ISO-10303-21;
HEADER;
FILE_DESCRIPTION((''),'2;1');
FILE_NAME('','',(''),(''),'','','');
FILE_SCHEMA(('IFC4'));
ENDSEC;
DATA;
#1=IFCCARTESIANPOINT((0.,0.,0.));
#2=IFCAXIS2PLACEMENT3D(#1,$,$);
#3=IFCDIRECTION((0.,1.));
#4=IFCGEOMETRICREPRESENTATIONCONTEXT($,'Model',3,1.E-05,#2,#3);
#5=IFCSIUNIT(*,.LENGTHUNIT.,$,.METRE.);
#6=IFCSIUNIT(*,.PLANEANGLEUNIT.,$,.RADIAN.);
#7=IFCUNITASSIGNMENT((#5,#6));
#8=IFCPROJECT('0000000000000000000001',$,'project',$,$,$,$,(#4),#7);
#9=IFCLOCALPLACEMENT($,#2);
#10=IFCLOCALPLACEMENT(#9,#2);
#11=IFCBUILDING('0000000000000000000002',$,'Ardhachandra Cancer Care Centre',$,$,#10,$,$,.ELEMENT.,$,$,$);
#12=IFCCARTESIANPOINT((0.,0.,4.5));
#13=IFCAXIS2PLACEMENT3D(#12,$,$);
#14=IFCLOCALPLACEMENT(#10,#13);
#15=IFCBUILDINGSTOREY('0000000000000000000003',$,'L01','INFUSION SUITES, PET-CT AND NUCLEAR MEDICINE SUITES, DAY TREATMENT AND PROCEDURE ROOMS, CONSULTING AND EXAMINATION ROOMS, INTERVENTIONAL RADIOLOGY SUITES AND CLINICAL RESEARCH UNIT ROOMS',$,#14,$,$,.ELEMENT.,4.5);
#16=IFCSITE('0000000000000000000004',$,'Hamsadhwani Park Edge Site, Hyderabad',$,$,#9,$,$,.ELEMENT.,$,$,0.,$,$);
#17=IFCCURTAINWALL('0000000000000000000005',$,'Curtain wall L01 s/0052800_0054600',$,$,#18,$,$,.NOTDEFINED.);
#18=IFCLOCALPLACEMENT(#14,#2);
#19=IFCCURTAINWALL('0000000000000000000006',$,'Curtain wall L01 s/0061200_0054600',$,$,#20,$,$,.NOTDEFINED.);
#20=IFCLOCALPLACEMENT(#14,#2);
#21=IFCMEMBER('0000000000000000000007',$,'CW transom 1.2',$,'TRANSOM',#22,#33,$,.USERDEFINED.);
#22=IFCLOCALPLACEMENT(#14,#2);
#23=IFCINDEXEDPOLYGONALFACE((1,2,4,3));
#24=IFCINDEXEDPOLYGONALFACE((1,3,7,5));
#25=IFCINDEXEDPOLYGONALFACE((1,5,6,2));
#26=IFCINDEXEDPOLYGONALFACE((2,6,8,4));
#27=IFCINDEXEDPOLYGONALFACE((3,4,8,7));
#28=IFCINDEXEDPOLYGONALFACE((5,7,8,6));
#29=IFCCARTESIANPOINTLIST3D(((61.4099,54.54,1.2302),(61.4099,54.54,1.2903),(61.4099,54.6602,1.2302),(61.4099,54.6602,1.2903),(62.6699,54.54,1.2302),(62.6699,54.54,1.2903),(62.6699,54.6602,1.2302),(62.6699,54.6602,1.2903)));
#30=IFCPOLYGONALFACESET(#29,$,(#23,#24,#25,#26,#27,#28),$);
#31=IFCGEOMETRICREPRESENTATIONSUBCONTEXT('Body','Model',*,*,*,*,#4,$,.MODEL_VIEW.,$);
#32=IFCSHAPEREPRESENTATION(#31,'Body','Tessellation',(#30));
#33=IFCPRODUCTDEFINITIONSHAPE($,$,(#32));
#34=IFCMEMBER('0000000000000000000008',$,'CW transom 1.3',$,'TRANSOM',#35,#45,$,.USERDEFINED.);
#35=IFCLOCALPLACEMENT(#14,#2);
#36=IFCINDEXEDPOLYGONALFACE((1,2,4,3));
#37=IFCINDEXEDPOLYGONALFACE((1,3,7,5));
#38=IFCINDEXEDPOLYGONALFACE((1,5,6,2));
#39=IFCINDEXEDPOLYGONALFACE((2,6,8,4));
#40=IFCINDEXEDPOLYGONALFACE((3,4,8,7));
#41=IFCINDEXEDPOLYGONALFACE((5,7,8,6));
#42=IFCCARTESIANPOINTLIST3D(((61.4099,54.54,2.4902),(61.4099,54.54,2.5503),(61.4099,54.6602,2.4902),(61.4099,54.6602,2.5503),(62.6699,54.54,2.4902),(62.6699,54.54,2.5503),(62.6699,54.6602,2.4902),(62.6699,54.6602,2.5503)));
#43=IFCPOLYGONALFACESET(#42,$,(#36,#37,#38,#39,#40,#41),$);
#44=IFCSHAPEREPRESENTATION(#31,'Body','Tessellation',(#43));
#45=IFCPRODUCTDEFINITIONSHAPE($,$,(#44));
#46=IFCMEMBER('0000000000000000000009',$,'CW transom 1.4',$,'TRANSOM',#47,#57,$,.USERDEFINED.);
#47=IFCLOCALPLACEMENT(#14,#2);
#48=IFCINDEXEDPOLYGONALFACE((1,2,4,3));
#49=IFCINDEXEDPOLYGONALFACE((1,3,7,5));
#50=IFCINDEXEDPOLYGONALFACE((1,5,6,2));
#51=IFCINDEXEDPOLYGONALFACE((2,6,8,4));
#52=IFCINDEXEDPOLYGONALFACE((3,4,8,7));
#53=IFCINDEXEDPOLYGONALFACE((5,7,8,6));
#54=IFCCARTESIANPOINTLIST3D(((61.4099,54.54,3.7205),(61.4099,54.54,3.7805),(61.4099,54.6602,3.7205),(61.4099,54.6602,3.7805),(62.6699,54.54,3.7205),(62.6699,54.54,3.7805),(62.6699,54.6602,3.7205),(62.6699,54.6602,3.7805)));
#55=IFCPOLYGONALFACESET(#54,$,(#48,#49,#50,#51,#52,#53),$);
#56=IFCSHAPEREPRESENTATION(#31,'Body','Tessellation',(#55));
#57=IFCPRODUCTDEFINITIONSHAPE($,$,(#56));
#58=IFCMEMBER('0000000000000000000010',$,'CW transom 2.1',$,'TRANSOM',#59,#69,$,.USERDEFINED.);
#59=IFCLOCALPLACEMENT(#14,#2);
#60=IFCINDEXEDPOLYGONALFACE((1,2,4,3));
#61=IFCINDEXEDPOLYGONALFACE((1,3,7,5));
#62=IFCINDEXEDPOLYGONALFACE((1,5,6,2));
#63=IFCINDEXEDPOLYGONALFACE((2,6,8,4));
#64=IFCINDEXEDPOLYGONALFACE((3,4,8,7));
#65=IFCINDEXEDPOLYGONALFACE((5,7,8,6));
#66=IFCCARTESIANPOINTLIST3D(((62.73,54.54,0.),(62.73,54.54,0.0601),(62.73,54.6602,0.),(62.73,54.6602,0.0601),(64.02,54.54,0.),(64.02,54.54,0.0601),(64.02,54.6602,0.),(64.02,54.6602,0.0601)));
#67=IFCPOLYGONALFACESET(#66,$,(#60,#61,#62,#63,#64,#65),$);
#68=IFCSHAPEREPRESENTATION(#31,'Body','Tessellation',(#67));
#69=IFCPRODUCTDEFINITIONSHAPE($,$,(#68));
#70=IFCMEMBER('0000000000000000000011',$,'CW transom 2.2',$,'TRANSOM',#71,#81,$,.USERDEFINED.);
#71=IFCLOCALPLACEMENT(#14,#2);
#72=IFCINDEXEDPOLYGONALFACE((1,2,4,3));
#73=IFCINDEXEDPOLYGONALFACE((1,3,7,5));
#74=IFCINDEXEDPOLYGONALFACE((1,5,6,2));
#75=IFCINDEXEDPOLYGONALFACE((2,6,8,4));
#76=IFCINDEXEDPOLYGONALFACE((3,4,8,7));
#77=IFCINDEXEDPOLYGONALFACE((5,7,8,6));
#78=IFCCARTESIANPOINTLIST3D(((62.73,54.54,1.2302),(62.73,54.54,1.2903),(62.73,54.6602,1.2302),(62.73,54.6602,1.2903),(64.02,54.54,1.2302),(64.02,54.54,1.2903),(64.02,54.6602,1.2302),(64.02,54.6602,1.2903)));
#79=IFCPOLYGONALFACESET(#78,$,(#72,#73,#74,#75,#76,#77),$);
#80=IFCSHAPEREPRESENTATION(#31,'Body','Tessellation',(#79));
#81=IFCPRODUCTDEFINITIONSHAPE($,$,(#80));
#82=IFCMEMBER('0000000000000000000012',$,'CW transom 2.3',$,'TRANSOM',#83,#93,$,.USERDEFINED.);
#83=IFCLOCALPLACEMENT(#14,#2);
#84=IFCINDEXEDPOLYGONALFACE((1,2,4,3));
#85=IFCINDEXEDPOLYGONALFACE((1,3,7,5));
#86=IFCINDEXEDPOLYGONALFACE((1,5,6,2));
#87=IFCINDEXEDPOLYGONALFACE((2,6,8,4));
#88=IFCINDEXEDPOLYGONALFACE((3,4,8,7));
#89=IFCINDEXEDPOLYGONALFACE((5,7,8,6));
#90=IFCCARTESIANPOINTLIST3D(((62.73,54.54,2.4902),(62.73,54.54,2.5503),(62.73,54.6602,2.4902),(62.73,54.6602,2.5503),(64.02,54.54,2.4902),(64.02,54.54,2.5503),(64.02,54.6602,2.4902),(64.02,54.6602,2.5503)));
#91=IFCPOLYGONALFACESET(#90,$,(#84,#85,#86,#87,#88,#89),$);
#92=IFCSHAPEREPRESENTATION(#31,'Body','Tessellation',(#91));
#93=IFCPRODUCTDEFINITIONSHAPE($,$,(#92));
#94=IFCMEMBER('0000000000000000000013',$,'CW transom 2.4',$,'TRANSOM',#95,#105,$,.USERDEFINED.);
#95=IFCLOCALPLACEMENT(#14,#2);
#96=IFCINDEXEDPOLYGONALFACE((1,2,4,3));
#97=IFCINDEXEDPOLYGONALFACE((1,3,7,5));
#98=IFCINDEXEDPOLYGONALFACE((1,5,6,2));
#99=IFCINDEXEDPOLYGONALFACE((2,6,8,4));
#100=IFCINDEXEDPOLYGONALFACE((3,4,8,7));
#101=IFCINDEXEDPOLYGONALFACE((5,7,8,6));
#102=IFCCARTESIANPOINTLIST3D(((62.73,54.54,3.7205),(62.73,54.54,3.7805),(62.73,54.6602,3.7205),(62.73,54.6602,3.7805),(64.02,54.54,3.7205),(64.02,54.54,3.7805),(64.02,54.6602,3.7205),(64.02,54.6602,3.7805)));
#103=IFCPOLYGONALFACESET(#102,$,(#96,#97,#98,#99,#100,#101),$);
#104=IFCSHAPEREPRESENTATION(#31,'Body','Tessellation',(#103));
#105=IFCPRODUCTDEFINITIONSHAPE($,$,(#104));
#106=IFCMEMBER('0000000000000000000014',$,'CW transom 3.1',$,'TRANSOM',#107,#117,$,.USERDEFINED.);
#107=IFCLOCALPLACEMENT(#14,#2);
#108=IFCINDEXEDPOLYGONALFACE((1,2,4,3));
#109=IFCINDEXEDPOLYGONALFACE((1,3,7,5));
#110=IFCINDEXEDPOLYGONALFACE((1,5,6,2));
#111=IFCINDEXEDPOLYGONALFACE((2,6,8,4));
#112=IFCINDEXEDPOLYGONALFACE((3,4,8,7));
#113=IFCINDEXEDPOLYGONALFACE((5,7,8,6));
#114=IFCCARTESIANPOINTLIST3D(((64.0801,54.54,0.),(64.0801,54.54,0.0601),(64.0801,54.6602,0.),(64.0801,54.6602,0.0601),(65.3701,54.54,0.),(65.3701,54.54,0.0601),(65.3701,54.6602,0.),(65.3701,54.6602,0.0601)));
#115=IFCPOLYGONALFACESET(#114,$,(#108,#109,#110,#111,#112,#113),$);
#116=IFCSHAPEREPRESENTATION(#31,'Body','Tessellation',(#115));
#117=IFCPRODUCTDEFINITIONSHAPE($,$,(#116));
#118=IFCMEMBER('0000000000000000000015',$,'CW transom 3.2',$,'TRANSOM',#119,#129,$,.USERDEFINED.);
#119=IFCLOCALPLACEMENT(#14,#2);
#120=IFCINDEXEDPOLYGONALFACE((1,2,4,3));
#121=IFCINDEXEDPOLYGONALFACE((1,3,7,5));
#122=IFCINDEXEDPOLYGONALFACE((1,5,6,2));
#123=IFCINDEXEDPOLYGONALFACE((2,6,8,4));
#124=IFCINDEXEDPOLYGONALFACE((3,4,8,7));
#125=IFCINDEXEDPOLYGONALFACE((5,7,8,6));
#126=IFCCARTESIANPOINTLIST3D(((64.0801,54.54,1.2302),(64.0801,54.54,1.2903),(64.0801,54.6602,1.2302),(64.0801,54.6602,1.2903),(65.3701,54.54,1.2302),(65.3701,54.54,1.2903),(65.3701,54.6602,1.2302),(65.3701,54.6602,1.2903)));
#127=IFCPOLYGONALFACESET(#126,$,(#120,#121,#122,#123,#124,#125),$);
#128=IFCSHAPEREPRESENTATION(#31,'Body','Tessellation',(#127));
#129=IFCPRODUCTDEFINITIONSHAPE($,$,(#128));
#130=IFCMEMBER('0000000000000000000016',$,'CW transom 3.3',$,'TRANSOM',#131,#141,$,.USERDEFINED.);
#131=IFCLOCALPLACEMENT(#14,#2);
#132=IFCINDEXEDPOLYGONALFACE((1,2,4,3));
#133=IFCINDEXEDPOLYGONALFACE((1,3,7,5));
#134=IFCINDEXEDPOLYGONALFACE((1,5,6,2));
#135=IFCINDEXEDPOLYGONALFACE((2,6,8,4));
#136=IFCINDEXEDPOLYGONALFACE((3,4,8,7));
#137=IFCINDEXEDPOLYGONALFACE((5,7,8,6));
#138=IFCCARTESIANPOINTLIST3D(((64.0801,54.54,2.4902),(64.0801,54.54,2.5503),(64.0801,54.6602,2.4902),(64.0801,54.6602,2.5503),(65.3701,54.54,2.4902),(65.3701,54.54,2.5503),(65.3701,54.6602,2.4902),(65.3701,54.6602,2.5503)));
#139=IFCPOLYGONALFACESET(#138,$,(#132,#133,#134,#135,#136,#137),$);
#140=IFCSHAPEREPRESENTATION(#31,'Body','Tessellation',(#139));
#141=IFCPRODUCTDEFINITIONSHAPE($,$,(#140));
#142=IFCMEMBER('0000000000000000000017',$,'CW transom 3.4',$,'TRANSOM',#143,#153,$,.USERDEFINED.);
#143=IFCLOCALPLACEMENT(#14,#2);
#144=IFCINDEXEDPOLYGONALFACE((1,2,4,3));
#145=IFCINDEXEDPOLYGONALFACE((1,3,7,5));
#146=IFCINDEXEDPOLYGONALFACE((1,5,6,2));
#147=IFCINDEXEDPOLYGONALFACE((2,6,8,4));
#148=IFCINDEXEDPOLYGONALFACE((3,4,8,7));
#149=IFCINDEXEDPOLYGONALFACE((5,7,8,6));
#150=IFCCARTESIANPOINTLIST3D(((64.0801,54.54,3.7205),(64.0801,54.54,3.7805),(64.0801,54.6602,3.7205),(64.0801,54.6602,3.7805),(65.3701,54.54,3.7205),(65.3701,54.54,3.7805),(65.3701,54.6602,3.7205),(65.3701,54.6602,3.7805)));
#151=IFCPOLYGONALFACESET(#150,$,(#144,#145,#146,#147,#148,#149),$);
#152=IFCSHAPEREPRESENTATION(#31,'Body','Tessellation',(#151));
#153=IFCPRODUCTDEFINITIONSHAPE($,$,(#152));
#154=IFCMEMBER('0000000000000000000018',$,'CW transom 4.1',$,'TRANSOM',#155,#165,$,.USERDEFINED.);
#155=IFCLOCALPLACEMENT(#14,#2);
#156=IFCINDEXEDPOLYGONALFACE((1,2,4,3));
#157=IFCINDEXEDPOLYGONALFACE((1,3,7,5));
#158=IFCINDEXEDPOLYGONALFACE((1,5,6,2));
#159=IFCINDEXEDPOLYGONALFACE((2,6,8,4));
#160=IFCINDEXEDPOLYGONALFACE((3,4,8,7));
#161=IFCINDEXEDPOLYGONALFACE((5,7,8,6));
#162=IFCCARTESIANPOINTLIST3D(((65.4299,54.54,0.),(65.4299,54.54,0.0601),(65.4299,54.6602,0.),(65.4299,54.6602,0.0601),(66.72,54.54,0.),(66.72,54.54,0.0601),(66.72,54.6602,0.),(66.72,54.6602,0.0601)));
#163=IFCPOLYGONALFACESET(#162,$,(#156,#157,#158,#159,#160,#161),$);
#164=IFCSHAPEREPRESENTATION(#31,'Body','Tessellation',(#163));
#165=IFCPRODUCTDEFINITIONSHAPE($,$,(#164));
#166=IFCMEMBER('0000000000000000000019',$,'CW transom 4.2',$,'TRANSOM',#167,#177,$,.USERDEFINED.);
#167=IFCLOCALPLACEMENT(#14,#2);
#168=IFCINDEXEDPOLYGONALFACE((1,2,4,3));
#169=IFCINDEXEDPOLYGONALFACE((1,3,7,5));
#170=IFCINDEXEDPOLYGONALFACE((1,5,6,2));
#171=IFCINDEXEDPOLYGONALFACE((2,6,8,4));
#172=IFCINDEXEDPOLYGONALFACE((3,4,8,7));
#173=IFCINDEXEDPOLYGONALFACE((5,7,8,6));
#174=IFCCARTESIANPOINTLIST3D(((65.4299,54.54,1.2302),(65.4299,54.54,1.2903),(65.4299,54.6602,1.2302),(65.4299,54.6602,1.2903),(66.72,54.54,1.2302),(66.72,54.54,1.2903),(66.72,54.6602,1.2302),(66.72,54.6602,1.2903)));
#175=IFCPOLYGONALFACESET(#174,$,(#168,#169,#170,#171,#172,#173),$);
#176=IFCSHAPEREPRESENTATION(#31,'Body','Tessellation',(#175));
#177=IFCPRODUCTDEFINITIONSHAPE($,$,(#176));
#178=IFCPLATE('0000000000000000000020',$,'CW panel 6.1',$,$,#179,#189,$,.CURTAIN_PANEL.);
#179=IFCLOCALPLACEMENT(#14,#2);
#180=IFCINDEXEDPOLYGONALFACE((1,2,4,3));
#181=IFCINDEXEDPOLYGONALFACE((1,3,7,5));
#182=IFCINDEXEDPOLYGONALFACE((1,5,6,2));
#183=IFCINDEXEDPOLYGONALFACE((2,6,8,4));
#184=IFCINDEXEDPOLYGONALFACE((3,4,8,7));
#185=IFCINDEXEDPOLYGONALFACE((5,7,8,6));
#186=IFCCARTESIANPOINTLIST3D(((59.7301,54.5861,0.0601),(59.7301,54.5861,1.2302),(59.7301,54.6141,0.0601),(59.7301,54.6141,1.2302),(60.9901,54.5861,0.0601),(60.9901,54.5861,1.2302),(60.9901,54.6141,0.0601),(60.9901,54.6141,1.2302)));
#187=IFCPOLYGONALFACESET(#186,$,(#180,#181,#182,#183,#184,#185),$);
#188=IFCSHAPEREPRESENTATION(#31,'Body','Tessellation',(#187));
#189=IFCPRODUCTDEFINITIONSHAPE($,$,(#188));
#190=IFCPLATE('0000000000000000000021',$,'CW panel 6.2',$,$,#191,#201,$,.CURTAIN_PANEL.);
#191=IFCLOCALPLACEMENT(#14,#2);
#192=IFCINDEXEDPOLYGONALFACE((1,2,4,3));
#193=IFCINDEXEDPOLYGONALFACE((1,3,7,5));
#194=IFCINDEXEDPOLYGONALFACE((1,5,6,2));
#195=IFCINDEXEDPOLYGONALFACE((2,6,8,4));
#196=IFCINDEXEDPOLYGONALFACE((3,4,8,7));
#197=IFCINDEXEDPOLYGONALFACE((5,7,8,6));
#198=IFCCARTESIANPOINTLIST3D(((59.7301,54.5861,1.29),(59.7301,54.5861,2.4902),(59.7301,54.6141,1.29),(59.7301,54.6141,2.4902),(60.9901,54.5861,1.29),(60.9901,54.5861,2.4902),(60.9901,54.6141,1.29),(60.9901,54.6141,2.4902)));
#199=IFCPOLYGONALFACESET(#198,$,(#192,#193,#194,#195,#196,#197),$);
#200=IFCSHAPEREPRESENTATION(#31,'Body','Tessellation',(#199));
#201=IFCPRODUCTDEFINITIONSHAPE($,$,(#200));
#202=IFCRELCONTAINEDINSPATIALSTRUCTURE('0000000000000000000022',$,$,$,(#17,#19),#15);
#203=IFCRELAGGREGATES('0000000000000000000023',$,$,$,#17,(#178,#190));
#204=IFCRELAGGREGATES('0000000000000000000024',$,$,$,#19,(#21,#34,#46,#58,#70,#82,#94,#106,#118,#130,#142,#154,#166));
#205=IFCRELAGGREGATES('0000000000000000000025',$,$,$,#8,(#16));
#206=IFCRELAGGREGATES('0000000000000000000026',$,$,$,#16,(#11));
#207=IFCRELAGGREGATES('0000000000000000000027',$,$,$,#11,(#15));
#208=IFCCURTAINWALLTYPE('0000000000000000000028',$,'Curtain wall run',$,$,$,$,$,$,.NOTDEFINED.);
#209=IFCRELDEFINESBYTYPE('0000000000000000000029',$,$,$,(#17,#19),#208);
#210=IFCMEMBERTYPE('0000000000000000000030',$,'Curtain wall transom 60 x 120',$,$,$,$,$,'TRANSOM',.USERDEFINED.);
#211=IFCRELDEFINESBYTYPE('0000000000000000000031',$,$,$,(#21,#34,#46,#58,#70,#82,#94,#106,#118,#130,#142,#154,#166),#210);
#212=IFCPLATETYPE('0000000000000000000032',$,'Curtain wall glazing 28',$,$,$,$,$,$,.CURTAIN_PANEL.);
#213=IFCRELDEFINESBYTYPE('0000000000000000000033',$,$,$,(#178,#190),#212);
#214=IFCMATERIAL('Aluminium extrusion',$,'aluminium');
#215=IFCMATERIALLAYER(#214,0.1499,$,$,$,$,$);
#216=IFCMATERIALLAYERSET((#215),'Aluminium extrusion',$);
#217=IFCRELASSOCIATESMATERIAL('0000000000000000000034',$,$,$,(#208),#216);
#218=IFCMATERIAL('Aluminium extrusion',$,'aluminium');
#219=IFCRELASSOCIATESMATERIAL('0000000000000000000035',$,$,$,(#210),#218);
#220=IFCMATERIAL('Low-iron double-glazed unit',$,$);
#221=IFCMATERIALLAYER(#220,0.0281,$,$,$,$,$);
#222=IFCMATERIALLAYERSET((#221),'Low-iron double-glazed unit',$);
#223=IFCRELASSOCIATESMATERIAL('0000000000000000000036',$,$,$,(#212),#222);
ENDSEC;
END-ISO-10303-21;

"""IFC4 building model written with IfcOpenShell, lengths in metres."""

from ifc_helpers import new_model, si_unit, direction, frame, origin, origin_2d, place, context, subcontext, project, spatial, rectangle, extrude, material, layer, layer_set, material_profile, profile_set, type_object, element, aggregate, save


model = new_model("IFC4")

# Units and contexts
model_context = context("Model", 3, precision=1e-05, world=origin(), true_north=direction((0.0, 1.0)))
body_context = subcontext(model_context, "Body", "Model", "MODEL_VIEW")
ifc_project = project(units=[si_unit("LENGTHUNIT", "METRE"), si_unit("PLANEANGLEUNIT", "RADIAN")], contexts=[model_context])

# Site, building, storey
site_placement = place(None, origin())
site = spatial("IfcSite", under=ifc_project, at=site_placement, Name="Hamsadhwani Park Edge Site, Hyderabad", CompositionType="ELEMENT", RefElevation=0.0)
building_placement = place(site_placement, origin())
building = spatial("IfcBuilding", under=site, at=building_placement, Name="Ardhachandra Cancer Care Centre", CompositionType="ELEMENT")
storey_placement = place(building_placement, frame((0.0, 0.0, 4.5)))
storey = spatial("IfcBuildingStorey", under=building, at=storey_placement, Name="L01", Description="INFUSION SUITES, PET-CT AND NUCLEAR MEDICINE SUITES, DAY TREATMENT AND PROCEDURE ROOMS, CONSULTING AND EXAMINATION ROOMS, INTERVENTIONAL RADIOLOGY SUITES AND CLINICAL RESEARCH UNIT ROOMS", CompositionType="ELEMENT", Elevation=4.5)

# Curtain walls
ifc_material_1 = material(Name="Aluminium extrusion", Category="aluminium")
ifc_layer_1 = layer(ifc_material_1, 0.1499)
ifc_layer_set_1 = layer_set([ifc_layer_1], Name="Aluminium extrusion")
curtain_wall_type = type_object("IfcCurtainWallType", Name="Curtain wall run", PredefinedType="NOTDEFINED", material=ifc_layer_set_1)
curtain_wall_1_placement = place(storey_placement, origin())
curtain_wall_1 = element("IfcCurtainWall", 1, at=curtain_wall_1_placement, inside=storey, type_object=curtain_wall_type, Name="Curtain wall L01 s/0052800_0054600", PredefinedType="NOTDEFINED")
curtain_wall_2_placement = place(storey_placement, origin())
curtain_wall_2 = element("IfcCurtainWall", 2, at=curtain_wall_2_placement, inside=storey, type_object=curtain_wall_type, Name="Curtain wall L01 s/0061200_0054600", PredefinedType="NOTDEFINED")

# Members
ifc_material_2 = material(Name="Aluminium extrusion", Category="aluminium")
ifc_material_profile_1 = material_profile(ifc_material_2, rectangle(XDim=0.1201, YDim=0.0601, at=origin_2d()), Name="Curtain wall transom 60 x 120")
ifc_profile_set_1 = profile_set([ifc_material_profile_1], Name="Aluminium extrusion")
member_type_1 = type_object("IfcMemberType", Name="Curtain wall transom 60 x 120", ElementType="TRANSOM", PredefinedType="USERDEFINED", material=ifc_profile_set_1)
member_1_placement = place(storey_placement, frame((61.4099, 54.6001, 1.2603), z_axis=(1.0, 0.0, 0.0), x_axis=(0.0, 1.0, 0.0)))
member_1 = element("IfcMember", 3, at=member_1_placement, type_object=member_type_1, Name="CW transom 1.2", ObjectType="TRANSOM", PredefinedType="USERDEFINED", context=body_context, shape_type="SweptSolid", body=[
    extrude(rectangle(XDim=0.1201, YDim=0.0601, at=origin_2d()), origin(), (0.0, 0.0, 1.0), 1.26),
])
member_2_placement = place(storey_placement, frame((61.4099, 54.6001, 2.5203), z_axis=(1.0, 0.0, 0.0), x_axis=(0.0, 1.0, 0.0)))
member_2 = element("IfcMember", 4, at=member_2_placement, type_object=member_type_1, Name="CW transom 1.3", ObjectType="TRANSOM", PredefinedType="USERDEFINED", context=body_context, shape_type="SweptSolid", body=[
    extrude(rectangle(XDim=0.1201, YDim=0.0601, at=origin_2d()), origin(), (0.0, 0.0, 1.0), 1.26),
])
member_3_placement = place(storey_placement, frame((61.4099, 54.6001, 3.7505), z_axis=(1.0, 0.0, 0.0), x_axis=(0.0, 1.0, 0.0)))
member_3 = element("IfcMember", 5, at=member_3_placement, type_object=member_type_1, Name="CW transom 1.4", ObjectType="TRANSOM", PredefinedType="USERDEFINED", context=body_context, shape_type="SweptSolid", body=[
    extrude(rectangle(XDim=0.1201, YDim=0.0601, at=origin_2d()), origin(), (0.0, 0.0, 1.0), 1.26),
])
member_4_placement = place(storey_placement, frame((62.73, 54.6001, 0.03), z_axis=(1.0, 0.0, 0.0), x_axis=(0.0, 1.0, 0.0)))
member_4 = element("IfcMember", 6, at=member_4_placement, type_object=member_type_1, Name="CW transom 2.1", ObjectType="TRANSOM", PredefinedType="USERDEFINED", context=body_context, shape_type="SweptSolid", body=[
    extrude(rectangle(XDim=0.1201, YDim=0.0601, at=origin_2d()), origin(), (0.0, 0.0, 1.0), 1.29),
])
member_5_placement = place(storey_placement, frame((62.73, 54.6001, 1.2603), z_axis=(1.0, 0.0, 0.0), x_axis=(0.0, 1.0, 0.0)))
member_5 = element("IfcMember", 7, at=member_5_placement, type_object=member_type_1, Name="CW transom 2.2", ObjectType="TRANSOM", PredefinedType="USERDEFINED", context=body_context, shape_type="SweptSolid", body=[
    extrude(rectangle(XDim=0.1201, YDim=0.0601, at=origin_2d()), origin(), (0.0, 0.0, 1.0), 1.29),
])
member_6_placement = place(storey_placement, frame((62.73, 54.6001, 2.5203), z_axis=(1.0, 0.0, 0.0), x_axis=(0.0, 1.0, 0.0)))
member_6 = element("IfcMember", 8, at=member_6_placement, type_object=member_type_1, Name="CW transom 2.3", ObjectType="TRANSOM", PredefinedType="USERDEFINED", context=body_context, shape_type="SweptSolid", body=[
    extrude(rectangle(XDim=0.1201, YDim=0.0601, at=origin_2d()), origin(), (0.0, 0.0, 1.0), 1.29),
])
member_7_placement = place(storey_placement, frame((62.73, 54.6001, 3.7505), z_axis=(1.0, 0.0, 0.0), x_axis=(0.0, 1.0, 0.0)))
member_7 = element("IfcMember", 9, at=member_7_placement, type_object=member_type_1, Name="CW transom 2.4", ObjectType="TRANSOM", PredefinedType="USERDEFINED", context=body_context, shape_type="SweptSolid", body=[
    extrude(rectangle(XDim=0.1201, YDim=0.0601, at=origin_2d()), origin(), (0.0, 0.0, 1.0), 1.29),
])
member_8_placement = place(storey_placement, frame((64.0801, 54.6001, 0.03), z_axis=(1.0, 0.0, 0.0), x_axis=(0.0, 1.0, 0.0)))
member_8 = element("IfcMember", 10, at=member_8_placement, type_object=member_type_1, Name="CW transom 3.1", ObjectType="TRANSOM", PredefinedType="USERDEFINED", context=body_context, shape_type="SweptSolid", body=[
    extrude(rectangle(XDim=0.1201, YDim=0.0601, at=origin_2d()), origin(), (0.0, 0.0, 1.0), 1.29),
])
member_9_placement = place(storey_placement, frame((64.0801, 54.6001, 1.2603), z_axis=(1.0, 0.0, 0.0), x_axis=(0.0, 1.0, 0.0)))
member_9 = element("IfcMember", 11, at=member_9_placement, type_object=member_type_1, Name="CW transom 3.2", ObjectType="TRANSOM", PredefinedType="USERDEFINED", context=body_context, shape_type="SweptSolid", body=[
    extrude(rectangle(XDim=0.1201, YDim=0.0601, at=origin_2d()), origin(), (0.0, 0.0, 1.0), 1.29),
])
member_10_placement = place(storey_placement, frame((64.0801, 54.6001, 2.5203), z_axis=(1.0, 0.0, 0.0), x_axis=(0.0, 1.0, 0.0)))
member_10 = element("IfcMember", 12, at=member_10_placement, type_object=member_type_1, Name="CW transom 3.3", ObjectType="TRANSOM", PredefinedType="USERDEFINED", context=body_context, shape_type="SweptSolid", body=[
    extrude(rectangle(XDim=0.1201, YDim=0.0601, at=origin_2d()), origin(), (0.0, 0.0, 1.0), 1.29),
])
member_11_placement = place(storey_placement, frame((64.0801, 54.6001, 3.7505), z_axis=(1.0, 0.0, 0.0), x_axis=(0.0, 1.0, 0.0)))
member_11 = element("IfcMember", 13, at=member_11_placement, type_object=member_type_1, Name="CW transom 3.4", ObjectType="TRANSOM", PredefinedType="USERDEFINED", context=body_context, shape_type="SweptSolid", body=[
    extrude(rectangle(XDim=0.1201, YDim=0.0601, at=origin_2d()), origin(), (0.0, 0.0, 1.0), 1.29),
])
member_12_placement = place(storey_placement, frame((65.4299, 54.6001, 0.03), z_axis=(1.0, 0.0, 0.0), x_axis=(0.0, 1.0, 0.0)))
member_12 = element("IfcMember", 14, at=member_12_placement, type_object=member_type_1, Name="CW transom 4.1", ObjectType="TRANSOM", PredefinedType="USERDEFINED", context=body_context, shape_type="SweptSolid", body=[
    extrude(rectangle(XDim=0.1201, YDim=0.0601, at=origin_2d()), origin(), (0.0, 0.0, 1.0), 1.29),
])
member_13_placement = place(storey_placement, frame((65.4299, 54.6001, 1.2603), z_axis=(1.0, 0.0, 0.0), x_axis=(0.0, 1.0, 0.0)))
member_13 = element("IfcMember", 15, at=member_13_placement, type_object=member_type_1, Name="CW transom 4.2", ObjectType="TRANSOM", PredefinedType="USERDEFINED", context=body_context, shape_type="SweptSolid", body=[
    extrude(rectangle(XDim=0.1201, YDim=0.0601, at=origin_2d()), origin(), (0.0, 0.0, 1.0), 1.29),
])

# Plates
ifc_material_3 = material(Name="Low-iron double-glazed unit")
ifc_layer_2 = layer(ifc_material_3, 0.0281)
ifc_layer_set_2 = layer_set([ifc_layer_2], Name="Low-iron double-glazed unit")
plate_type = type_object("IfcPlateType", Name="Curtain wall glazing 28", PredefinedType="CURTAIN_PANEL", material=ifc_layer_set_2)
plate_1_placement = place(storey_placement, frame((60.3601, 54.6001, 0.0601), z_axis=(0.0, 0.0, 1.0), x_axis=(1.0, 0.0, 0.0)))
plate_1 = element("IfcPlate", 16, at=plate_1_placement, type_object=plate_type, Name="CW panel 6.1", PredefinedType="CURTAIN_PANEL", context=body_context, shape_type="SweptSolid", body=[
    extrude(rectangle(XDim=1.26, YDim=0.0281, at=origin_2d()), origin(), (0.0, 0.0, 1.0), 1.1702),
])
plate_2_placement = place(storey_placement, frame((60.3601, 54.6001, 1.29), z_axis=(0.0, 0.0, 1.0), x_axis=(1.0, 0.0, 0.0)))
plate_2 = element("IfcPlate", 17, at=plate_2_placement, type_object=plate_type, Name="CW panel 6.2", PredefinedType="CURTAIN_PANEL", context=body_context, shape_type="SweptSolid", body=[
    extrude(rectangle(XDim=1.26, YDim=0.0281, at=origin_2d()), origin(), (0.0, 0.0, 1.0), 1.2002),
])
aggregate(curtain_wall_1, [plate_1, plate_2])
aggregate(curtain_wall_2, [member_1, member_2, member_3, member_4, member_5, member_6, member_7, member_8, member_9, member_10, member_11, member_12, member_13])

save(model, "model.ifc")
